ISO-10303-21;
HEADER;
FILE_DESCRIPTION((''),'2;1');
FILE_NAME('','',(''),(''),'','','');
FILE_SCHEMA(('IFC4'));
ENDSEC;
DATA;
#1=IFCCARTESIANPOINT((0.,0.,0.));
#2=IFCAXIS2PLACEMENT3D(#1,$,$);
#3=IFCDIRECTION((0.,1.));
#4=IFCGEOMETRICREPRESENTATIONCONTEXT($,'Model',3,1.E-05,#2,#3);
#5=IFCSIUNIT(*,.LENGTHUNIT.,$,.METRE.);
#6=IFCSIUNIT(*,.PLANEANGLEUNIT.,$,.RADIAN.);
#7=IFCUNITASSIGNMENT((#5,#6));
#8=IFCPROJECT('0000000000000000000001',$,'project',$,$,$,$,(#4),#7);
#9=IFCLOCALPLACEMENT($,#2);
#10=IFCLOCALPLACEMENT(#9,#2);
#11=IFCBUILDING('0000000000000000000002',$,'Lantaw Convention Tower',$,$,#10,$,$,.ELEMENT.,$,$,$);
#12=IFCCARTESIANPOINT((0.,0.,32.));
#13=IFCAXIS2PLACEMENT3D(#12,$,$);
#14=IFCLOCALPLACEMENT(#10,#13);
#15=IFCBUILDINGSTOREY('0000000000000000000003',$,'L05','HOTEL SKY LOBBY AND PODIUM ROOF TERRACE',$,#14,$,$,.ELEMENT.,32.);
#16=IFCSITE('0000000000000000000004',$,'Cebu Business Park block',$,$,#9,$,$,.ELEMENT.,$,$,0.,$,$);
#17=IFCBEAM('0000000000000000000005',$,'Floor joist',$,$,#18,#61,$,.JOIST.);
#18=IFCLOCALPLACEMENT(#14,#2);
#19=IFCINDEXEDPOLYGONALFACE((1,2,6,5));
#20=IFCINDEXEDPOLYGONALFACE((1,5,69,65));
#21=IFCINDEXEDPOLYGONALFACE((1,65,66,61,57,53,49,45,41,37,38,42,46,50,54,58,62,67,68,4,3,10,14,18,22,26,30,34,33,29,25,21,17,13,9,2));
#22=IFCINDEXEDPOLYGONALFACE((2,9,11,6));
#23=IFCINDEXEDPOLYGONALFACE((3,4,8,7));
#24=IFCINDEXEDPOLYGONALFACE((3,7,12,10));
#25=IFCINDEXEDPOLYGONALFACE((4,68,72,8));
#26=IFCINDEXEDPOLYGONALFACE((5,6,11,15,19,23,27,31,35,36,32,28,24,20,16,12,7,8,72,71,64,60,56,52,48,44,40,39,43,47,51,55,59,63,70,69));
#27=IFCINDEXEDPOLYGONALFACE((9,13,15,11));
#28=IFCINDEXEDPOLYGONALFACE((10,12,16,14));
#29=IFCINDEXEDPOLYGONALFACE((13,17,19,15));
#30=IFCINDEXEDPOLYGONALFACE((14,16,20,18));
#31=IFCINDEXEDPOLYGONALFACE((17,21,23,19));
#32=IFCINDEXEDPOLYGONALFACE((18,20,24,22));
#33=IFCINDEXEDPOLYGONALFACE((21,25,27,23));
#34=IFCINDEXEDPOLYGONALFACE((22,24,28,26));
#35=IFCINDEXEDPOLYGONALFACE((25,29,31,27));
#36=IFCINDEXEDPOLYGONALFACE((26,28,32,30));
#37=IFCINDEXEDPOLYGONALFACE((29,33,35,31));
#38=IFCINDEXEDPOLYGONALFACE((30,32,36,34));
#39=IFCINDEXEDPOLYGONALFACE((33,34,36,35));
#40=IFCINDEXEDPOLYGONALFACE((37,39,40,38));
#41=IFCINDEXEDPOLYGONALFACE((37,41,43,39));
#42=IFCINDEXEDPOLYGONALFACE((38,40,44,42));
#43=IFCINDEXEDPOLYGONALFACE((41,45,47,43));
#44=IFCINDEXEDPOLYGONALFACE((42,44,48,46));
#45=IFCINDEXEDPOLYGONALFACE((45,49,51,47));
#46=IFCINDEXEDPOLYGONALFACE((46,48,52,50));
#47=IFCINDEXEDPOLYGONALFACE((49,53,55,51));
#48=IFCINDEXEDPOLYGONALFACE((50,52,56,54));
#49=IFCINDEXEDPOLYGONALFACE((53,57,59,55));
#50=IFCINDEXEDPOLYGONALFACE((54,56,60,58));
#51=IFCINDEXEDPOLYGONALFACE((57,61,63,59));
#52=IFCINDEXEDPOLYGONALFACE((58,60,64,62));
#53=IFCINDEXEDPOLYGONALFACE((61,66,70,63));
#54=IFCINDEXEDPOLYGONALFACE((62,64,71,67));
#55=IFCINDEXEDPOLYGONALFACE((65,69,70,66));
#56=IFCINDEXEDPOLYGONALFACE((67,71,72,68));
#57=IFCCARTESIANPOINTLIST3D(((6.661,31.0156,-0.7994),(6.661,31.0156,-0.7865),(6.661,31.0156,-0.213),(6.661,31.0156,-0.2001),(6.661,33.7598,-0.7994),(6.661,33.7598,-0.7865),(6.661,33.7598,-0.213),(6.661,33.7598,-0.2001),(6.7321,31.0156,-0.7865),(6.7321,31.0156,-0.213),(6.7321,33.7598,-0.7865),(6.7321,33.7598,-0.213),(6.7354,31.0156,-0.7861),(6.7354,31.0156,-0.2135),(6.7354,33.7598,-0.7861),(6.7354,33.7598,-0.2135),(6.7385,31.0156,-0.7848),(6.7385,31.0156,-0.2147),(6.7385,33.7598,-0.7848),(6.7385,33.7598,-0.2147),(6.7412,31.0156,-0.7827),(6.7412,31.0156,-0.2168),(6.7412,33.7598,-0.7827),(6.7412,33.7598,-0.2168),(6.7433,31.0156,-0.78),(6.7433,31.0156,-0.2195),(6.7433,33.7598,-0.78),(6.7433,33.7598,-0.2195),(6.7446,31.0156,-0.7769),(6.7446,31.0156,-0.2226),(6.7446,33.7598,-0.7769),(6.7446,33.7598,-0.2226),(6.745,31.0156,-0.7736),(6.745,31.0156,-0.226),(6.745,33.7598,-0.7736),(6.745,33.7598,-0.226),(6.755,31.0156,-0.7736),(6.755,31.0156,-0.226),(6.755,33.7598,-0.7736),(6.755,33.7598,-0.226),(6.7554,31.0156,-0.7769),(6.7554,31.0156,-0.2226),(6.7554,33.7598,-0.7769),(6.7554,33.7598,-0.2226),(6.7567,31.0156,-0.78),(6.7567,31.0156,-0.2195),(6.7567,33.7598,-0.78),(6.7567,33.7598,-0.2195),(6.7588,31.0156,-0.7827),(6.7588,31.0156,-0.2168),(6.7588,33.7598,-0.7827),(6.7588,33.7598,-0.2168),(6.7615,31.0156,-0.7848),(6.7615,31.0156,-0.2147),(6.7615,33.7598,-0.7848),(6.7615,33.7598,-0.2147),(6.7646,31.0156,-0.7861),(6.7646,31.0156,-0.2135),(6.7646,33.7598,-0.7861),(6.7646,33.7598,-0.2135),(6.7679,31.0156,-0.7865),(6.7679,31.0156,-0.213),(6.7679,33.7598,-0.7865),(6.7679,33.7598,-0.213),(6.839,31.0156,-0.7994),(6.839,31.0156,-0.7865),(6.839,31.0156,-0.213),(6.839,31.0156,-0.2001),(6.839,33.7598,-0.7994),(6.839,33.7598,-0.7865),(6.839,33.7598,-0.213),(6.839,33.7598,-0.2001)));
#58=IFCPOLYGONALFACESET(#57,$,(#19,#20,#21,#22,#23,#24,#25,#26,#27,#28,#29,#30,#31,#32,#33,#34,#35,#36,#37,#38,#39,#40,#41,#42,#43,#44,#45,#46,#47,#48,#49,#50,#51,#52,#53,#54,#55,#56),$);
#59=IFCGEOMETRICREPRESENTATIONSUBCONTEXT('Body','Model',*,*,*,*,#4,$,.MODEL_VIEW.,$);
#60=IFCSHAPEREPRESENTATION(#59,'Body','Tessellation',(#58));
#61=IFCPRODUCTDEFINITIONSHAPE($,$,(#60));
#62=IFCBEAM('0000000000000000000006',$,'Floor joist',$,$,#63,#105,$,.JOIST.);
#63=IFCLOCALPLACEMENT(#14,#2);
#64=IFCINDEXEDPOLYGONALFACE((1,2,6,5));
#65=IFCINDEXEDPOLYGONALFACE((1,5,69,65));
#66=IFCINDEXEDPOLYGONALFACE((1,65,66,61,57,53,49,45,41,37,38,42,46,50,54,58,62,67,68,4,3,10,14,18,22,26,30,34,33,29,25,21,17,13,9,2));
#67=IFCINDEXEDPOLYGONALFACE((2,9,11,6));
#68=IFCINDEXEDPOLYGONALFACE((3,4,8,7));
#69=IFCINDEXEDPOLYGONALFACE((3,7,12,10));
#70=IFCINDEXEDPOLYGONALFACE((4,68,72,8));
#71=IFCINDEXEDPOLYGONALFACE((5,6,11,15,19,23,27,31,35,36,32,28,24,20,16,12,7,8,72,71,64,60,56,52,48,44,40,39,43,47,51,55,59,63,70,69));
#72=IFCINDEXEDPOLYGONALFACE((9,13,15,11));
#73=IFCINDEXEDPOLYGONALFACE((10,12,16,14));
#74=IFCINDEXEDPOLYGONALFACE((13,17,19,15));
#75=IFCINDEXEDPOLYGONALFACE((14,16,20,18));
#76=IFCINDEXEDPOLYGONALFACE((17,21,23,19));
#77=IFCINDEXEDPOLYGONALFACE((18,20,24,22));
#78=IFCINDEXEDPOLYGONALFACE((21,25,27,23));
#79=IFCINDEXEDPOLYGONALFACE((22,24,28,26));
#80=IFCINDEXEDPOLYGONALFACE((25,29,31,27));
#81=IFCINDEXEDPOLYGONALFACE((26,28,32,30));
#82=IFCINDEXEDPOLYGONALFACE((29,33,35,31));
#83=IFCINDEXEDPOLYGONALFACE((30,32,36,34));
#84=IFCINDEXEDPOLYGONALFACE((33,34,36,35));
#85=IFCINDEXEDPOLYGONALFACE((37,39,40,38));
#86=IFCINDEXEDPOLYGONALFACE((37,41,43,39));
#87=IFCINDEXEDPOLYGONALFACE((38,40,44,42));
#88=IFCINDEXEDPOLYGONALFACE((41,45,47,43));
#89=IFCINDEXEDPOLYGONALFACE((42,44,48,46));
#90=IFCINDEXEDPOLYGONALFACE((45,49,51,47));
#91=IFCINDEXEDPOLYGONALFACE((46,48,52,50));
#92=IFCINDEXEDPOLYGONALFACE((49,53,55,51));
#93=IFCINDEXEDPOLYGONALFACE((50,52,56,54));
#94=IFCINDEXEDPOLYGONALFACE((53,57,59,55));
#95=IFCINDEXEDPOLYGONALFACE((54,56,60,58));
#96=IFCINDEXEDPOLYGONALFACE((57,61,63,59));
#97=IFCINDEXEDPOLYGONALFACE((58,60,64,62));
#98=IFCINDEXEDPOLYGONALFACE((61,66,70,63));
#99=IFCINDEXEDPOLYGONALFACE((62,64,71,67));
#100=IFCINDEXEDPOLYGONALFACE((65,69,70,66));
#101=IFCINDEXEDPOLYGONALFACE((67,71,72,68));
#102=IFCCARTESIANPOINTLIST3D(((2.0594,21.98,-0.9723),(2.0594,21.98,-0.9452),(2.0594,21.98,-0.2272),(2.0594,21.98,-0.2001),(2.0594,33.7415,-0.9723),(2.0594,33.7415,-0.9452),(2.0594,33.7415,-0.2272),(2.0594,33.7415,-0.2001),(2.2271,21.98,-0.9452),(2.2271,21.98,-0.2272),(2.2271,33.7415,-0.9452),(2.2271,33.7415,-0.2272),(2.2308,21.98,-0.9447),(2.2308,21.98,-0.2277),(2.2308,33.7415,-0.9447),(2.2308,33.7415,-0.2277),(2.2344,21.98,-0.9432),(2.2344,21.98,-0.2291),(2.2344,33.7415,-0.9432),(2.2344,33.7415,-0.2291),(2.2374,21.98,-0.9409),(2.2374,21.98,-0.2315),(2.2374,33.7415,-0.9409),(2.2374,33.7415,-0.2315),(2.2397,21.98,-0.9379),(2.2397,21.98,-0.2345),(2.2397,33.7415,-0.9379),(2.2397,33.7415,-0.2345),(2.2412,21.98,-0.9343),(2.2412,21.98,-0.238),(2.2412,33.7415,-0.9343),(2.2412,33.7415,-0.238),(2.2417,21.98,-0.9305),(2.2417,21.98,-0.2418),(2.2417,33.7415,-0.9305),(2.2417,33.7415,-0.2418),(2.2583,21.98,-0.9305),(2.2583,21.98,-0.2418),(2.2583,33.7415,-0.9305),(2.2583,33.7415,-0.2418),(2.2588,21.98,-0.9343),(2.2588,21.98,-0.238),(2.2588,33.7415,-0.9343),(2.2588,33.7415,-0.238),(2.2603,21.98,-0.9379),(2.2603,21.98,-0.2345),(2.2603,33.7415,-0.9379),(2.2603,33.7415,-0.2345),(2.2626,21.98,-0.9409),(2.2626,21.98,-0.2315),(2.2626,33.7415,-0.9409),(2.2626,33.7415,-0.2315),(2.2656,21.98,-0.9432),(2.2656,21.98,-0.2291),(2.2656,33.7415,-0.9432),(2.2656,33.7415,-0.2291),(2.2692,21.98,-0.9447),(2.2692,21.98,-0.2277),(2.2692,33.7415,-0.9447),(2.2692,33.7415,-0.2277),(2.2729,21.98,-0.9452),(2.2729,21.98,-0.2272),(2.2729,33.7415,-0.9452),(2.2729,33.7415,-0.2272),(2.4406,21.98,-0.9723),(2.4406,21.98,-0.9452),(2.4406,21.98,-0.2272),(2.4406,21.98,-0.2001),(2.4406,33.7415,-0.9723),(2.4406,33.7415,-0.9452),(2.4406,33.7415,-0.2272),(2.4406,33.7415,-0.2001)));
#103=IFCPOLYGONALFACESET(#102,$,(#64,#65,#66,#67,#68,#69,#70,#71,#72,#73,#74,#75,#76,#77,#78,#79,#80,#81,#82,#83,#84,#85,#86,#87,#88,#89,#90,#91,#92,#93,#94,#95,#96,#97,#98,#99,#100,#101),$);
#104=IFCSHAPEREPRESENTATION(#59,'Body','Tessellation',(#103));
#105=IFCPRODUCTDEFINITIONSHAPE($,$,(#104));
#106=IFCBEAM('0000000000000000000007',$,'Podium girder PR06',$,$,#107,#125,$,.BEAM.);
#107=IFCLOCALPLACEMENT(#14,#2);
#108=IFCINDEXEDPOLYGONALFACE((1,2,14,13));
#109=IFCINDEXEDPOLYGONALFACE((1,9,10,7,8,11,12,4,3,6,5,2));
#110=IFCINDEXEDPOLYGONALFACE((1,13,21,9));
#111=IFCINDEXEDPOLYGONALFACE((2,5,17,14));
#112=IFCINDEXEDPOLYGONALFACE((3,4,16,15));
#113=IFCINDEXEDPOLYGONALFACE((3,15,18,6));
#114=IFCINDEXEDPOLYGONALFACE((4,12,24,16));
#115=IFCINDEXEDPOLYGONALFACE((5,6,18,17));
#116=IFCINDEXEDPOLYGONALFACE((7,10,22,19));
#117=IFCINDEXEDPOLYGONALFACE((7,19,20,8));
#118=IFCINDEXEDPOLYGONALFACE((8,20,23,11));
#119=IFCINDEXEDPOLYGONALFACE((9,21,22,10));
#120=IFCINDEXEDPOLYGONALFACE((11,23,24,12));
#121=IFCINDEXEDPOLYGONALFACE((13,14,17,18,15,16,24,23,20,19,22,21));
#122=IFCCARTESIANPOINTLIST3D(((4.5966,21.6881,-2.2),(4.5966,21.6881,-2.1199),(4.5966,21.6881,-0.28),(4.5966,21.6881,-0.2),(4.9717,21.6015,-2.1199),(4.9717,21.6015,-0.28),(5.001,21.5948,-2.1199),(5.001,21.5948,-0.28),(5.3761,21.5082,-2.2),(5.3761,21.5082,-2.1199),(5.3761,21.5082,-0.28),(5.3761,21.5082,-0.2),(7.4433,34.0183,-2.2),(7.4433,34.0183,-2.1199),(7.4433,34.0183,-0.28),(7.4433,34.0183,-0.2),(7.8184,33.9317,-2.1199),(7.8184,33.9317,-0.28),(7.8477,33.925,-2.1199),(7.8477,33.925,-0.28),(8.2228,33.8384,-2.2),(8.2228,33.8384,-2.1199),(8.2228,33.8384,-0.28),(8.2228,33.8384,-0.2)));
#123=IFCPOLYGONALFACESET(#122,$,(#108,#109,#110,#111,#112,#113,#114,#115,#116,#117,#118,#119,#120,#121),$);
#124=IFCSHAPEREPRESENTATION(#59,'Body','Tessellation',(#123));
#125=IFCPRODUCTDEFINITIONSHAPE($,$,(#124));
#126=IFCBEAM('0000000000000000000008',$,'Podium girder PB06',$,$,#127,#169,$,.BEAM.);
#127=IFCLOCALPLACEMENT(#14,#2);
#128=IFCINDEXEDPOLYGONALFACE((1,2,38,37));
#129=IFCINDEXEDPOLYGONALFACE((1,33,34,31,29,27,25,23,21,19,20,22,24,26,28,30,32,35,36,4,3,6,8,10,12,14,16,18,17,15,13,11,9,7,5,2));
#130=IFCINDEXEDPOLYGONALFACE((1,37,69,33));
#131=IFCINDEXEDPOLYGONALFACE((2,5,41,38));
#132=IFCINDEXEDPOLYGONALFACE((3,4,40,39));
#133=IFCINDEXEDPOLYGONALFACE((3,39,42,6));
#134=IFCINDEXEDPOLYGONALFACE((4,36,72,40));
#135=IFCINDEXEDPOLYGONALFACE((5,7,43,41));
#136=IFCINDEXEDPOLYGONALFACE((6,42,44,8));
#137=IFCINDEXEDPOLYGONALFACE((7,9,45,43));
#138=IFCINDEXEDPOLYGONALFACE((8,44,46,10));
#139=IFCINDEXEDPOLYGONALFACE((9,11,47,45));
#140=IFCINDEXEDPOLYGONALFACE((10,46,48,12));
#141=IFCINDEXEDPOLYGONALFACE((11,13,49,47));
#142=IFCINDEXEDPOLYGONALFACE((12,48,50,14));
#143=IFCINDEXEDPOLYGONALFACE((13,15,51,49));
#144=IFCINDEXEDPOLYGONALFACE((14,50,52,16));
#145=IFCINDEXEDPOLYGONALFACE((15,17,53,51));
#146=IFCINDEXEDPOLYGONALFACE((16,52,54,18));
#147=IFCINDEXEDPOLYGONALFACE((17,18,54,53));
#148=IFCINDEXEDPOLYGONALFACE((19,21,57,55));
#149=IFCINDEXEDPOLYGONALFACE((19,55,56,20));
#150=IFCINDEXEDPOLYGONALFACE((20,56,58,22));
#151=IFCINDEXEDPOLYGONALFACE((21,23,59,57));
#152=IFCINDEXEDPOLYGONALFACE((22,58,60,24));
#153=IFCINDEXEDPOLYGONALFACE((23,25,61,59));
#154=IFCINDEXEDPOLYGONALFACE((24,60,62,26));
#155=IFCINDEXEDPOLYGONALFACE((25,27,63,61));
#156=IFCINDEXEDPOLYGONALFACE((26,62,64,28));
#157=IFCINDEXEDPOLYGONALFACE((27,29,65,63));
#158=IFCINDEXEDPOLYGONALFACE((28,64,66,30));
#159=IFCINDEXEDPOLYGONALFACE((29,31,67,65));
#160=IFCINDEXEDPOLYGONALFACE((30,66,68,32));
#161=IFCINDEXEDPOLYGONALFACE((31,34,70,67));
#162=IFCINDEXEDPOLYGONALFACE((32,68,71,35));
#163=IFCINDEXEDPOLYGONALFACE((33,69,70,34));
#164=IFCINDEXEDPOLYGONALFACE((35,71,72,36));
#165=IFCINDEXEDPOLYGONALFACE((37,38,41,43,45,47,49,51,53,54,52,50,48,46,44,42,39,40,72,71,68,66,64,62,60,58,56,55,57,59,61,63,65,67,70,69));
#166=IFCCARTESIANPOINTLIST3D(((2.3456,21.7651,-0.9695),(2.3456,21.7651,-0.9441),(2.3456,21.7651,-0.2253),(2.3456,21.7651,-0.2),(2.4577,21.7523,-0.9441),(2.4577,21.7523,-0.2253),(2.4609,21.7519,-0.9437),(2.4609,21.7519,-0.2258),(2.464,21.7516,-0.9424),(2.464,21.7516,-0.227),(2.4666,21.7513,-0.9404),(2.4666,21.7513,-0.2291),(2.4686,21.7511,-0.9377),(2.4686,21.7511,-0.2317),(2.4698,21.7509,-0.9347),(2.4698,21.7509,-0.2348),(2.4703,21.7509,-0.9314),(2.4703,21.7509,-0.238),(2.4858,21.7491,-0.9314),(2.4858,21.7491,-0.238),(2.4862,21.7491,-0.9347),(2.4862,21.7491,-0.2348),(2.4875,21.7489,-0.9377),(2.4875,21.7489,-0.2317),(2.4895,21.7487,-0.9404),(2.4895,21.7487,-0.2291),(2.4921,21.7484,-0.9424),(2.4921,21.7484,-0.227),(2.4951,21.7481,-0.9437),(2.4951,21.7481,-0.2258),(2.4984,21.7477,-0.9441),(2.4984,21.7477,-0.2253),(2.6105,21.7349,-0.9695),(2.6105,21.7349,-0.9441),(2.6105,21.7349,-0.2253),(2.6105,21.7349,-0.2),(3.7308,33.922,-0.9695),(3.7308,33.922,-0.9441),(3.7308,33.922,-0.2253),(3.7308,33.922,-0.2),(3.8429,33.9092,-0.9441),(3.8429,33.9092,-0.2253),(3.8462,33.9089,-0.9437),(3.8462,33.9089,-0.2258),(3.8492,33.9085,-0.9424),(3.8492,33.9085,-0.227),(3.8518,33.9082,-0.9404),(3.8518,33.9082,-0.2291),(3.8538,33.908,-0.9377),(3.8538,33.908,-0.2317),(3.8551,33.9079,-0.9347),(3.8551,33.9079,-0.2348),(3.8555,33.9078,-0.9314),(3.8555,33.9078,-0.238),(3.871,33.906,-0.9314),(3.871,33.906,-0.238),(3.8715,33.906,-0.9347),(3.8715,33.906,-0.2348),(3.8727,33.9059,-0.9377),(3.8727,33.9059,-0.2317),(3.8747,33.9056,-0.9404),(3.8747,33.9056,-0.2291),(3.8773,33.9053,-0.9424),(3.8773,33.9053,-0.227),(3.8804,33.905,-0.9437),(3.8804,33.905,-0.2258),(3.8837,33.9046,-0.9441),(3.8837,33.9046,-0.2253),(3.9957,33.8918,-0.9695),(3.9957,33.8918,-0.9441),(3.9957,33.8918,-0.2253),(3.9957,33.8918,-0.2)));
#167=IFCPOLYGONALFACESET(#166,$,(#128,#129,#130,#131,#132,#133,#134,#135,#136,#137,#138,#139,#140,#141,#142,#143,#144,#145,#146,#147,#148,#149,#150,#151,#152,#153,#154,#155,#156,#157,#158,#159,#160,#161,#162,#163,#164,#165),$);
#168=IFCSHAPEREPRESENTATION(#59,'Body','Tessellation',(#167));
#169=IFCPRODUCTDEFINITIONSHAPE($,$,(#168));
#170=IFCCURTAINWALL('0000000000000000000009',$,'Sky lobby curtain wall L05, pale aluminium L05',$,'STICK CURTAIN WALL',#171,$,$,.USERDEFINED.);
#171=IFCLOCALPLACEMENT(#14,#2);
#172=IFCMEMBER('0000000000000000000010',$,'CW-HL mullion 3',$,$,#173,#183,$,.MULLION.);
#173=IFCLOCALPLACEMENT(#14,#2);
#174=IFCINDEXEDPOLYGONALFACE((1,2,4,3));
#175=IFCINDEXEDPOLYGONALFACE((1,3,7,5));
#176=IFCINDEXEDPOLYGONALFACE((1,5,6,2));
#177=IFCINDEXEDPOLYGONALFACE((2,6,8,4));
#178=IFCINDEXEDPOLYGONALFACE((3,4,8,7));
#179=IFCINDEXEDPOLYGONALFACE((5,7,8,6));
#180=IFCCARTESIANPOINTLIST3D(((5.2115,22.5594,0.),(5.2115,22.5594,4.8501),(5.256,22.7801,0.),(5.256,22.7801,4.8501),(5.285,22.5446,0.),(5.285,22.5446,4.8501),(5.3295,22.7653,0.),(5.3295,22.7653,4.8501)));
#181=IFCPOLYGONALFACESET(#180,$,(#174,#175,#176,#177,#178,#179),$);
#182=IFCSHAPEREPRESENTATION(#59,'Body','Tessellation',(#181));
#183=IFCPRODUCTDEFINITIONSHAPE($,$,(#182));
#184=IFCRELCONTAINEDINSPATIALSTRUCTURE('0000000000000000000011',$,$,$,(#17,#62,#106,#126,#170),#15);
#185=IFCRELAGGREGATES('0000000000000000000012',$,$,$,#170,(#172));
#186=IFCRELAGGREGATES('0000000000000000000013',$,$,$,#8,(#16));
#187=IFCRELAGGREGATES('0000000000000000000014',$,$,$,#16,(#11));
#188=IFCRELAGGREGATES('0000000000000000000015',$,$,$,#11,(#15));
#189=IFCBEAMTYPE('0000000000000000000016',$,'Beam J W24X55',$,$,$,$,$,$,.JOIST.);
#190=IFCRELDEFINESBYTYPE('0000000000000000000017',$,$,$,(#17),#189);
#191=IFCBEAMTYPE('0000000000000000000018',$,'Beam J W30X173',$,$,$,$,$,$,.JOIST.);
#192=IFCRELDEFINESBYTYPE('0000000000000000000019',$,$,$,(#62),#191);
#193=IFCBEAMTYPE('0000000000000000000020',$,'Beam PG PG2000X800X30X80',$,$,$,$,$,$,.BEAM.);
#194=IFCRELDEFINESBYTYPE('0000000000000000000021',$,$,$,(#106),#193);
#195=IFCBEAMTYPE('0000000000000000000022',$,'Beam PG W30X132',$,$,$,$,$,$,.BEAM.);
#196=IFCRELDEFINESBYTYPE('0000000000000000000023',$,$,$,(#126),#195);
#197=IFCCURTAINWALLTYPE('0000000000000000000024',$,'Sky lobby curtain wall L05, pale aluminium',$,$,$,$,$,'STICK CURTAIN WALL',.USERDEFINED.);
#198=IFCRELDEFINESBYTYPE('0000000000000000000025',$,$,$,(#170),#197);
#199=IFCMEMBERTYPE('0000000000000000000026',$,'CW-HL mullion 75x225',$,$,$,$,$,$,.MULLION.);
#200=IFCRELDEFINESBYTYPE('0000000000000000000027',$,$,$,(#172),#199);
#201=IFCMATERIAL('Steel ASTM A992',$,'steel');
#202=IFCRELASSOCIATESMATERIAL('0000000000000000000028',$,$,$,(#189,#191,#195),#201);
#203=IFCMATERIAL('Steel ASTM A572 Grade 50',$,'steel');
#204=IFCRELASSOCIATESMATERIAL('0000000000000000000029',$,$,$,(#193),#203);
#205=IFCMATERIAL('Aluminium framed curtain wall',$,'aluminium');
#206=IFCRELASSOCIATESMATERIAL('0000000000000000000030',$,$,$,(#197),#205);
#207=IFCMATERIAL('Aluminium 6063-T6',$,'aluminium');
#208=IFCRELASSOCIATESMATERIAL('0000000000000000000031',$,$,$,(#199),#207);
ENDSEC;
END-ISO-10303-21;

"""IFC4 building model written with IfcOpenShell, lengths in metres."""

from ifc_helpers import new_model, si_unit, direction, frame, origin, origin_2d, place, context, subcontext, project, spatial, rectangle, i_section, extrude, material, material_profile, profile_set, type_object, element, aggregate, save


model = new_model("IFC4")

# Units and contexts
model_context = context("Model", 3, precision=1e-05, world=origin(), true_north=direction((0.0, 1.0)))
body_context = subcontext(model_context, "Body", "Model", "MODEL_VIEW")
ifc_project = project(units=[si_unit("LENGTHUNIT", "METRE"), si_unit("PLANEANGLEUNIT", "RADIAN")], contexts=[model_context])

# Site, building, storey
site_placement = place(None, origin())
site = spatial("IfcSite", under=ifc_project, at=site_placement, Name="Cebu Business Park block", CompositionType="ELEMENT", RefElevation=0.0)
building_placement = place(site_placement, origin())
building = spatial("IfcBuilding", under=site, at=building_placement, Name="Lantaw Convention Tower", CompositionType="ELEMENT")
storey_placement = place(building_placement, frame((0.0, 0.0, 32.0)))
storey = spatial("IfcBuildingStorey", under=building, at=storey_placement, Name="L05", Description="HOTEL SKY LOBBY AND PODIUM ROOF TERRACE", CompositionType="ELEMENT", Elevation=32.0)

# Beams
ifc_material_1 = material(Name="Steel ASTM A992", Category="steel")
ifc_material_profile_1 = material_profile(ifc_material_1, i_section(OverallWidth=0.178, OverallDepth=0.5994, WebThickness=0.01, FlangeThickness=0.0129, FilletRadius=0.0129, at=origin_2d()), Name="W24X55")
ifc_profile_set_1 = profile_set([ifc_material_profile_1], Name="Steel ASTM A992")
beam_type_1 = type_object("IfcBeamType", Name="Beam J W24X55", PredefinedType="JOIST", material=ifc_profile_set_1)
beam_1_placement = place(storey_placement, frame((6.75, 31.0156, -0.4998), z_axis=(0.0, 1.0, 0.0), x_axis=(-1.0, 0.0, 0.0)))
element("IfcBeam", 1, at=beam_1_placement, inside=storey, type_object=beam_type_1, Name="Floor joist", PredefinedType="JOIST", context=body_context, shape_type="SweptSolid", body=[
    extrude(i_section(OverallWidth=0.178, OverallDepth=0.5994, WebThickness=0.01, FlangeThickness=0.0129, FilletRadius=0.0129, at=origin_2d()), origin(), (0.0, 0.0, 1.0), 2.7441),
])
ifc_material_profile_2 = material_profile(ifc_material_1, i_section(OverallWidth=0.3811, OverallDepth=0.7722, WebThickness=0.0166, FlangeThickness=0.0271, FilletRadius=0.0146, at=origin_2d()), Name="W30X173")
ifc_profile_set_2 = profile_set([ifc_material_profile_2], Name="Steel ASTM A992")
beam_type_2 = type_object("IfcBeamType", Name="Beam J W30X173", PredefinedType="JOIST", material=ifc_profile_set_2)
beam_2_placement = place(storey_placement, frame((2.25, 21.98, -0.5862), z_axis=(0.0, 1.0, 0.0), x_axis=(-1.0, 0.0, 0.0)))
element("IfcBeam", 2, at=beam_2_placement, inside=storey, type_object=beam_type_2, Name="Floor joist", PredefinedType="JOIST", context=body_context, shape_type="SweptSolid", body=[
    extrude(i_section(OverallWidth=0.3811, OverallDepth=0.7722, WebThickness=0.0166, FlangeThickness=0.0271, FilletRadius=0.0146, at=origin_2d()), origin(), (0.0, 0.0, 1.0), 11.7615),
])
ifc_material_2 = material(Name="Steel ASTM A572 Grade 50", Category="steel")
ifc_material_profile_3 = material_profile(ifc_material_2, i_section(OverallWidth=0.8, OverallDepth=2.0, WebThickness=0.03, FlangeThickness=0.0801, at=origin_2d()), Name="PG2000X800X30X80")
ifc_profile_set_3 = profile_set([ifc_material_profile_3], Name="Steel ASTM A572 Grade 50")
beam_type_3 = type_object("IfcBeamType", Name="Beam PG PG2000X800X30X80", PredefinedType="BEAM", material=ifc_profile_set_3)
beam_3_placement = place(storey_placement, frame((4.9863, 21.5981, -1.2), z_axis=(0.224955, 0.974369, 0.0), x_axis=(-0.974369, 0.224955, 0.0)))
element("IfcBeam", 3, at=beam_3_placement, inside=storey, type_object=beam_type_3, Name="Podium girder PR06", PredefinedType="BEAM", context=body_context, shape_type="SweptSolid", body=[
    extrude(i_section(OverallWidth=0.8, OverallDepth=2.0, WebThickness=0.03, FlangeThickness=0.0801, at=origin_2d()), origin(), (0.0, 0.0, 1.0), 12.6545),
])
ifc_material_profile_4 = material_profile(ifc_material_1, i_section(OverallWidth=0.2666, OverallDepth=0.7695, WebThickness=0.0156, FlangeThickness=0.0254, FilletRadius=0.0127, at=origin_2d()), Name="W30X132")
ifc_profile_set_4 = profile_set([ifc_material_profile_4], Name="Steel ASTM A992")
beam_type_4 = type_object("IfcBeamType", Name="Beam PG W30X132", PredefinedType="BEAM", material=ifc_profile_set_4)
beam_4_placement = place(storey_placement, frame((2.478, 21.75, -0.5847), z_axis=(0.113215, 0.993571, 0.0), x_axis=(-0.993571, 0.113215, 0.0)))
element("IfcBeam", 4, at=beam_4_placement, inside=storey, type_object=beam_type_4, Name="Podium girder PB06", PredefinedType="BEAM", context=body_context, shape_type="SweptSolid", body=[
    extrude(i_section(OverallWidth=0.2666, OverallDepth=0.7695, WebThickness=0.0156, FlangeThickness=0.0254, FilletRadius=0.0127, at=origin_2d()), origin(), (0.0, 0.0, 1.0), 12.2356),
])

# Curtain wall, member
ifc_material_3 = material(Name="Aluminium framed curtain wall", Category="aluminium")
curtain_wall_type = type_object("IfcCurtainWallType", Name="Sky lobby curtain wall L05, pale aluminium", ElementType="STICK CURTAIN WALL", PredefinedType="USERDEFINED", material=ifc_material_3)
curtain_wall_1_placement = place(storey_placement, origin())
curtain_wall_1 = element("IfcCurtainWall", 5, at=curtain_wall_1_placement, inside=storey, type_object=curtain_wall_type, Name="Sky lobby curtain wall L05, pale aluminium L05", ObjectType="STICK CURTAIN WALL", PredefinedType="USERDEFINED")
ifc_material_4 = material(Name="Aluminium 6063-T6", Category="aluminium")
ifc_material_profile_5 = material_profile(ifc_material_4, rectangle(XDim=0.2251, YDim=0.075, at=origin_2d()), Name="CW-HL mullion 75x225")
ifc_profile_set_5 = profile_set([ifc_material_profile_5], Name="Aluminium 6063-T6")
member_type_1 = type_object("IfcMemberType", Name="CW-HL mullion 75x225", PredefinedType="MULLION", material=ifc_profile_set_5)
member_1_placement = place(storey_placement, frame((5.2705, 22.6624, 0.0), z_axis=(0.0, 0.0, 1.0), x_axis=(-0.197789, -0.980245, 0.0)))
member_1 = element("IfcMember", 6, at=member_1_placement, type_object=member_type_1, Name="CW-HL mullion 3", PredefinedType="MULLION", context=body_context, shape_type="SweptSolid", body=[
    extrude(rectangle(XDim=0.2251, YDim=0.075, at=origin_2d()), origin(), (0.0, 0.0, 1.0), 4.8501),
])

aggregate(curtain_wall_1, [member_1])

save(model, "model.ifc")
